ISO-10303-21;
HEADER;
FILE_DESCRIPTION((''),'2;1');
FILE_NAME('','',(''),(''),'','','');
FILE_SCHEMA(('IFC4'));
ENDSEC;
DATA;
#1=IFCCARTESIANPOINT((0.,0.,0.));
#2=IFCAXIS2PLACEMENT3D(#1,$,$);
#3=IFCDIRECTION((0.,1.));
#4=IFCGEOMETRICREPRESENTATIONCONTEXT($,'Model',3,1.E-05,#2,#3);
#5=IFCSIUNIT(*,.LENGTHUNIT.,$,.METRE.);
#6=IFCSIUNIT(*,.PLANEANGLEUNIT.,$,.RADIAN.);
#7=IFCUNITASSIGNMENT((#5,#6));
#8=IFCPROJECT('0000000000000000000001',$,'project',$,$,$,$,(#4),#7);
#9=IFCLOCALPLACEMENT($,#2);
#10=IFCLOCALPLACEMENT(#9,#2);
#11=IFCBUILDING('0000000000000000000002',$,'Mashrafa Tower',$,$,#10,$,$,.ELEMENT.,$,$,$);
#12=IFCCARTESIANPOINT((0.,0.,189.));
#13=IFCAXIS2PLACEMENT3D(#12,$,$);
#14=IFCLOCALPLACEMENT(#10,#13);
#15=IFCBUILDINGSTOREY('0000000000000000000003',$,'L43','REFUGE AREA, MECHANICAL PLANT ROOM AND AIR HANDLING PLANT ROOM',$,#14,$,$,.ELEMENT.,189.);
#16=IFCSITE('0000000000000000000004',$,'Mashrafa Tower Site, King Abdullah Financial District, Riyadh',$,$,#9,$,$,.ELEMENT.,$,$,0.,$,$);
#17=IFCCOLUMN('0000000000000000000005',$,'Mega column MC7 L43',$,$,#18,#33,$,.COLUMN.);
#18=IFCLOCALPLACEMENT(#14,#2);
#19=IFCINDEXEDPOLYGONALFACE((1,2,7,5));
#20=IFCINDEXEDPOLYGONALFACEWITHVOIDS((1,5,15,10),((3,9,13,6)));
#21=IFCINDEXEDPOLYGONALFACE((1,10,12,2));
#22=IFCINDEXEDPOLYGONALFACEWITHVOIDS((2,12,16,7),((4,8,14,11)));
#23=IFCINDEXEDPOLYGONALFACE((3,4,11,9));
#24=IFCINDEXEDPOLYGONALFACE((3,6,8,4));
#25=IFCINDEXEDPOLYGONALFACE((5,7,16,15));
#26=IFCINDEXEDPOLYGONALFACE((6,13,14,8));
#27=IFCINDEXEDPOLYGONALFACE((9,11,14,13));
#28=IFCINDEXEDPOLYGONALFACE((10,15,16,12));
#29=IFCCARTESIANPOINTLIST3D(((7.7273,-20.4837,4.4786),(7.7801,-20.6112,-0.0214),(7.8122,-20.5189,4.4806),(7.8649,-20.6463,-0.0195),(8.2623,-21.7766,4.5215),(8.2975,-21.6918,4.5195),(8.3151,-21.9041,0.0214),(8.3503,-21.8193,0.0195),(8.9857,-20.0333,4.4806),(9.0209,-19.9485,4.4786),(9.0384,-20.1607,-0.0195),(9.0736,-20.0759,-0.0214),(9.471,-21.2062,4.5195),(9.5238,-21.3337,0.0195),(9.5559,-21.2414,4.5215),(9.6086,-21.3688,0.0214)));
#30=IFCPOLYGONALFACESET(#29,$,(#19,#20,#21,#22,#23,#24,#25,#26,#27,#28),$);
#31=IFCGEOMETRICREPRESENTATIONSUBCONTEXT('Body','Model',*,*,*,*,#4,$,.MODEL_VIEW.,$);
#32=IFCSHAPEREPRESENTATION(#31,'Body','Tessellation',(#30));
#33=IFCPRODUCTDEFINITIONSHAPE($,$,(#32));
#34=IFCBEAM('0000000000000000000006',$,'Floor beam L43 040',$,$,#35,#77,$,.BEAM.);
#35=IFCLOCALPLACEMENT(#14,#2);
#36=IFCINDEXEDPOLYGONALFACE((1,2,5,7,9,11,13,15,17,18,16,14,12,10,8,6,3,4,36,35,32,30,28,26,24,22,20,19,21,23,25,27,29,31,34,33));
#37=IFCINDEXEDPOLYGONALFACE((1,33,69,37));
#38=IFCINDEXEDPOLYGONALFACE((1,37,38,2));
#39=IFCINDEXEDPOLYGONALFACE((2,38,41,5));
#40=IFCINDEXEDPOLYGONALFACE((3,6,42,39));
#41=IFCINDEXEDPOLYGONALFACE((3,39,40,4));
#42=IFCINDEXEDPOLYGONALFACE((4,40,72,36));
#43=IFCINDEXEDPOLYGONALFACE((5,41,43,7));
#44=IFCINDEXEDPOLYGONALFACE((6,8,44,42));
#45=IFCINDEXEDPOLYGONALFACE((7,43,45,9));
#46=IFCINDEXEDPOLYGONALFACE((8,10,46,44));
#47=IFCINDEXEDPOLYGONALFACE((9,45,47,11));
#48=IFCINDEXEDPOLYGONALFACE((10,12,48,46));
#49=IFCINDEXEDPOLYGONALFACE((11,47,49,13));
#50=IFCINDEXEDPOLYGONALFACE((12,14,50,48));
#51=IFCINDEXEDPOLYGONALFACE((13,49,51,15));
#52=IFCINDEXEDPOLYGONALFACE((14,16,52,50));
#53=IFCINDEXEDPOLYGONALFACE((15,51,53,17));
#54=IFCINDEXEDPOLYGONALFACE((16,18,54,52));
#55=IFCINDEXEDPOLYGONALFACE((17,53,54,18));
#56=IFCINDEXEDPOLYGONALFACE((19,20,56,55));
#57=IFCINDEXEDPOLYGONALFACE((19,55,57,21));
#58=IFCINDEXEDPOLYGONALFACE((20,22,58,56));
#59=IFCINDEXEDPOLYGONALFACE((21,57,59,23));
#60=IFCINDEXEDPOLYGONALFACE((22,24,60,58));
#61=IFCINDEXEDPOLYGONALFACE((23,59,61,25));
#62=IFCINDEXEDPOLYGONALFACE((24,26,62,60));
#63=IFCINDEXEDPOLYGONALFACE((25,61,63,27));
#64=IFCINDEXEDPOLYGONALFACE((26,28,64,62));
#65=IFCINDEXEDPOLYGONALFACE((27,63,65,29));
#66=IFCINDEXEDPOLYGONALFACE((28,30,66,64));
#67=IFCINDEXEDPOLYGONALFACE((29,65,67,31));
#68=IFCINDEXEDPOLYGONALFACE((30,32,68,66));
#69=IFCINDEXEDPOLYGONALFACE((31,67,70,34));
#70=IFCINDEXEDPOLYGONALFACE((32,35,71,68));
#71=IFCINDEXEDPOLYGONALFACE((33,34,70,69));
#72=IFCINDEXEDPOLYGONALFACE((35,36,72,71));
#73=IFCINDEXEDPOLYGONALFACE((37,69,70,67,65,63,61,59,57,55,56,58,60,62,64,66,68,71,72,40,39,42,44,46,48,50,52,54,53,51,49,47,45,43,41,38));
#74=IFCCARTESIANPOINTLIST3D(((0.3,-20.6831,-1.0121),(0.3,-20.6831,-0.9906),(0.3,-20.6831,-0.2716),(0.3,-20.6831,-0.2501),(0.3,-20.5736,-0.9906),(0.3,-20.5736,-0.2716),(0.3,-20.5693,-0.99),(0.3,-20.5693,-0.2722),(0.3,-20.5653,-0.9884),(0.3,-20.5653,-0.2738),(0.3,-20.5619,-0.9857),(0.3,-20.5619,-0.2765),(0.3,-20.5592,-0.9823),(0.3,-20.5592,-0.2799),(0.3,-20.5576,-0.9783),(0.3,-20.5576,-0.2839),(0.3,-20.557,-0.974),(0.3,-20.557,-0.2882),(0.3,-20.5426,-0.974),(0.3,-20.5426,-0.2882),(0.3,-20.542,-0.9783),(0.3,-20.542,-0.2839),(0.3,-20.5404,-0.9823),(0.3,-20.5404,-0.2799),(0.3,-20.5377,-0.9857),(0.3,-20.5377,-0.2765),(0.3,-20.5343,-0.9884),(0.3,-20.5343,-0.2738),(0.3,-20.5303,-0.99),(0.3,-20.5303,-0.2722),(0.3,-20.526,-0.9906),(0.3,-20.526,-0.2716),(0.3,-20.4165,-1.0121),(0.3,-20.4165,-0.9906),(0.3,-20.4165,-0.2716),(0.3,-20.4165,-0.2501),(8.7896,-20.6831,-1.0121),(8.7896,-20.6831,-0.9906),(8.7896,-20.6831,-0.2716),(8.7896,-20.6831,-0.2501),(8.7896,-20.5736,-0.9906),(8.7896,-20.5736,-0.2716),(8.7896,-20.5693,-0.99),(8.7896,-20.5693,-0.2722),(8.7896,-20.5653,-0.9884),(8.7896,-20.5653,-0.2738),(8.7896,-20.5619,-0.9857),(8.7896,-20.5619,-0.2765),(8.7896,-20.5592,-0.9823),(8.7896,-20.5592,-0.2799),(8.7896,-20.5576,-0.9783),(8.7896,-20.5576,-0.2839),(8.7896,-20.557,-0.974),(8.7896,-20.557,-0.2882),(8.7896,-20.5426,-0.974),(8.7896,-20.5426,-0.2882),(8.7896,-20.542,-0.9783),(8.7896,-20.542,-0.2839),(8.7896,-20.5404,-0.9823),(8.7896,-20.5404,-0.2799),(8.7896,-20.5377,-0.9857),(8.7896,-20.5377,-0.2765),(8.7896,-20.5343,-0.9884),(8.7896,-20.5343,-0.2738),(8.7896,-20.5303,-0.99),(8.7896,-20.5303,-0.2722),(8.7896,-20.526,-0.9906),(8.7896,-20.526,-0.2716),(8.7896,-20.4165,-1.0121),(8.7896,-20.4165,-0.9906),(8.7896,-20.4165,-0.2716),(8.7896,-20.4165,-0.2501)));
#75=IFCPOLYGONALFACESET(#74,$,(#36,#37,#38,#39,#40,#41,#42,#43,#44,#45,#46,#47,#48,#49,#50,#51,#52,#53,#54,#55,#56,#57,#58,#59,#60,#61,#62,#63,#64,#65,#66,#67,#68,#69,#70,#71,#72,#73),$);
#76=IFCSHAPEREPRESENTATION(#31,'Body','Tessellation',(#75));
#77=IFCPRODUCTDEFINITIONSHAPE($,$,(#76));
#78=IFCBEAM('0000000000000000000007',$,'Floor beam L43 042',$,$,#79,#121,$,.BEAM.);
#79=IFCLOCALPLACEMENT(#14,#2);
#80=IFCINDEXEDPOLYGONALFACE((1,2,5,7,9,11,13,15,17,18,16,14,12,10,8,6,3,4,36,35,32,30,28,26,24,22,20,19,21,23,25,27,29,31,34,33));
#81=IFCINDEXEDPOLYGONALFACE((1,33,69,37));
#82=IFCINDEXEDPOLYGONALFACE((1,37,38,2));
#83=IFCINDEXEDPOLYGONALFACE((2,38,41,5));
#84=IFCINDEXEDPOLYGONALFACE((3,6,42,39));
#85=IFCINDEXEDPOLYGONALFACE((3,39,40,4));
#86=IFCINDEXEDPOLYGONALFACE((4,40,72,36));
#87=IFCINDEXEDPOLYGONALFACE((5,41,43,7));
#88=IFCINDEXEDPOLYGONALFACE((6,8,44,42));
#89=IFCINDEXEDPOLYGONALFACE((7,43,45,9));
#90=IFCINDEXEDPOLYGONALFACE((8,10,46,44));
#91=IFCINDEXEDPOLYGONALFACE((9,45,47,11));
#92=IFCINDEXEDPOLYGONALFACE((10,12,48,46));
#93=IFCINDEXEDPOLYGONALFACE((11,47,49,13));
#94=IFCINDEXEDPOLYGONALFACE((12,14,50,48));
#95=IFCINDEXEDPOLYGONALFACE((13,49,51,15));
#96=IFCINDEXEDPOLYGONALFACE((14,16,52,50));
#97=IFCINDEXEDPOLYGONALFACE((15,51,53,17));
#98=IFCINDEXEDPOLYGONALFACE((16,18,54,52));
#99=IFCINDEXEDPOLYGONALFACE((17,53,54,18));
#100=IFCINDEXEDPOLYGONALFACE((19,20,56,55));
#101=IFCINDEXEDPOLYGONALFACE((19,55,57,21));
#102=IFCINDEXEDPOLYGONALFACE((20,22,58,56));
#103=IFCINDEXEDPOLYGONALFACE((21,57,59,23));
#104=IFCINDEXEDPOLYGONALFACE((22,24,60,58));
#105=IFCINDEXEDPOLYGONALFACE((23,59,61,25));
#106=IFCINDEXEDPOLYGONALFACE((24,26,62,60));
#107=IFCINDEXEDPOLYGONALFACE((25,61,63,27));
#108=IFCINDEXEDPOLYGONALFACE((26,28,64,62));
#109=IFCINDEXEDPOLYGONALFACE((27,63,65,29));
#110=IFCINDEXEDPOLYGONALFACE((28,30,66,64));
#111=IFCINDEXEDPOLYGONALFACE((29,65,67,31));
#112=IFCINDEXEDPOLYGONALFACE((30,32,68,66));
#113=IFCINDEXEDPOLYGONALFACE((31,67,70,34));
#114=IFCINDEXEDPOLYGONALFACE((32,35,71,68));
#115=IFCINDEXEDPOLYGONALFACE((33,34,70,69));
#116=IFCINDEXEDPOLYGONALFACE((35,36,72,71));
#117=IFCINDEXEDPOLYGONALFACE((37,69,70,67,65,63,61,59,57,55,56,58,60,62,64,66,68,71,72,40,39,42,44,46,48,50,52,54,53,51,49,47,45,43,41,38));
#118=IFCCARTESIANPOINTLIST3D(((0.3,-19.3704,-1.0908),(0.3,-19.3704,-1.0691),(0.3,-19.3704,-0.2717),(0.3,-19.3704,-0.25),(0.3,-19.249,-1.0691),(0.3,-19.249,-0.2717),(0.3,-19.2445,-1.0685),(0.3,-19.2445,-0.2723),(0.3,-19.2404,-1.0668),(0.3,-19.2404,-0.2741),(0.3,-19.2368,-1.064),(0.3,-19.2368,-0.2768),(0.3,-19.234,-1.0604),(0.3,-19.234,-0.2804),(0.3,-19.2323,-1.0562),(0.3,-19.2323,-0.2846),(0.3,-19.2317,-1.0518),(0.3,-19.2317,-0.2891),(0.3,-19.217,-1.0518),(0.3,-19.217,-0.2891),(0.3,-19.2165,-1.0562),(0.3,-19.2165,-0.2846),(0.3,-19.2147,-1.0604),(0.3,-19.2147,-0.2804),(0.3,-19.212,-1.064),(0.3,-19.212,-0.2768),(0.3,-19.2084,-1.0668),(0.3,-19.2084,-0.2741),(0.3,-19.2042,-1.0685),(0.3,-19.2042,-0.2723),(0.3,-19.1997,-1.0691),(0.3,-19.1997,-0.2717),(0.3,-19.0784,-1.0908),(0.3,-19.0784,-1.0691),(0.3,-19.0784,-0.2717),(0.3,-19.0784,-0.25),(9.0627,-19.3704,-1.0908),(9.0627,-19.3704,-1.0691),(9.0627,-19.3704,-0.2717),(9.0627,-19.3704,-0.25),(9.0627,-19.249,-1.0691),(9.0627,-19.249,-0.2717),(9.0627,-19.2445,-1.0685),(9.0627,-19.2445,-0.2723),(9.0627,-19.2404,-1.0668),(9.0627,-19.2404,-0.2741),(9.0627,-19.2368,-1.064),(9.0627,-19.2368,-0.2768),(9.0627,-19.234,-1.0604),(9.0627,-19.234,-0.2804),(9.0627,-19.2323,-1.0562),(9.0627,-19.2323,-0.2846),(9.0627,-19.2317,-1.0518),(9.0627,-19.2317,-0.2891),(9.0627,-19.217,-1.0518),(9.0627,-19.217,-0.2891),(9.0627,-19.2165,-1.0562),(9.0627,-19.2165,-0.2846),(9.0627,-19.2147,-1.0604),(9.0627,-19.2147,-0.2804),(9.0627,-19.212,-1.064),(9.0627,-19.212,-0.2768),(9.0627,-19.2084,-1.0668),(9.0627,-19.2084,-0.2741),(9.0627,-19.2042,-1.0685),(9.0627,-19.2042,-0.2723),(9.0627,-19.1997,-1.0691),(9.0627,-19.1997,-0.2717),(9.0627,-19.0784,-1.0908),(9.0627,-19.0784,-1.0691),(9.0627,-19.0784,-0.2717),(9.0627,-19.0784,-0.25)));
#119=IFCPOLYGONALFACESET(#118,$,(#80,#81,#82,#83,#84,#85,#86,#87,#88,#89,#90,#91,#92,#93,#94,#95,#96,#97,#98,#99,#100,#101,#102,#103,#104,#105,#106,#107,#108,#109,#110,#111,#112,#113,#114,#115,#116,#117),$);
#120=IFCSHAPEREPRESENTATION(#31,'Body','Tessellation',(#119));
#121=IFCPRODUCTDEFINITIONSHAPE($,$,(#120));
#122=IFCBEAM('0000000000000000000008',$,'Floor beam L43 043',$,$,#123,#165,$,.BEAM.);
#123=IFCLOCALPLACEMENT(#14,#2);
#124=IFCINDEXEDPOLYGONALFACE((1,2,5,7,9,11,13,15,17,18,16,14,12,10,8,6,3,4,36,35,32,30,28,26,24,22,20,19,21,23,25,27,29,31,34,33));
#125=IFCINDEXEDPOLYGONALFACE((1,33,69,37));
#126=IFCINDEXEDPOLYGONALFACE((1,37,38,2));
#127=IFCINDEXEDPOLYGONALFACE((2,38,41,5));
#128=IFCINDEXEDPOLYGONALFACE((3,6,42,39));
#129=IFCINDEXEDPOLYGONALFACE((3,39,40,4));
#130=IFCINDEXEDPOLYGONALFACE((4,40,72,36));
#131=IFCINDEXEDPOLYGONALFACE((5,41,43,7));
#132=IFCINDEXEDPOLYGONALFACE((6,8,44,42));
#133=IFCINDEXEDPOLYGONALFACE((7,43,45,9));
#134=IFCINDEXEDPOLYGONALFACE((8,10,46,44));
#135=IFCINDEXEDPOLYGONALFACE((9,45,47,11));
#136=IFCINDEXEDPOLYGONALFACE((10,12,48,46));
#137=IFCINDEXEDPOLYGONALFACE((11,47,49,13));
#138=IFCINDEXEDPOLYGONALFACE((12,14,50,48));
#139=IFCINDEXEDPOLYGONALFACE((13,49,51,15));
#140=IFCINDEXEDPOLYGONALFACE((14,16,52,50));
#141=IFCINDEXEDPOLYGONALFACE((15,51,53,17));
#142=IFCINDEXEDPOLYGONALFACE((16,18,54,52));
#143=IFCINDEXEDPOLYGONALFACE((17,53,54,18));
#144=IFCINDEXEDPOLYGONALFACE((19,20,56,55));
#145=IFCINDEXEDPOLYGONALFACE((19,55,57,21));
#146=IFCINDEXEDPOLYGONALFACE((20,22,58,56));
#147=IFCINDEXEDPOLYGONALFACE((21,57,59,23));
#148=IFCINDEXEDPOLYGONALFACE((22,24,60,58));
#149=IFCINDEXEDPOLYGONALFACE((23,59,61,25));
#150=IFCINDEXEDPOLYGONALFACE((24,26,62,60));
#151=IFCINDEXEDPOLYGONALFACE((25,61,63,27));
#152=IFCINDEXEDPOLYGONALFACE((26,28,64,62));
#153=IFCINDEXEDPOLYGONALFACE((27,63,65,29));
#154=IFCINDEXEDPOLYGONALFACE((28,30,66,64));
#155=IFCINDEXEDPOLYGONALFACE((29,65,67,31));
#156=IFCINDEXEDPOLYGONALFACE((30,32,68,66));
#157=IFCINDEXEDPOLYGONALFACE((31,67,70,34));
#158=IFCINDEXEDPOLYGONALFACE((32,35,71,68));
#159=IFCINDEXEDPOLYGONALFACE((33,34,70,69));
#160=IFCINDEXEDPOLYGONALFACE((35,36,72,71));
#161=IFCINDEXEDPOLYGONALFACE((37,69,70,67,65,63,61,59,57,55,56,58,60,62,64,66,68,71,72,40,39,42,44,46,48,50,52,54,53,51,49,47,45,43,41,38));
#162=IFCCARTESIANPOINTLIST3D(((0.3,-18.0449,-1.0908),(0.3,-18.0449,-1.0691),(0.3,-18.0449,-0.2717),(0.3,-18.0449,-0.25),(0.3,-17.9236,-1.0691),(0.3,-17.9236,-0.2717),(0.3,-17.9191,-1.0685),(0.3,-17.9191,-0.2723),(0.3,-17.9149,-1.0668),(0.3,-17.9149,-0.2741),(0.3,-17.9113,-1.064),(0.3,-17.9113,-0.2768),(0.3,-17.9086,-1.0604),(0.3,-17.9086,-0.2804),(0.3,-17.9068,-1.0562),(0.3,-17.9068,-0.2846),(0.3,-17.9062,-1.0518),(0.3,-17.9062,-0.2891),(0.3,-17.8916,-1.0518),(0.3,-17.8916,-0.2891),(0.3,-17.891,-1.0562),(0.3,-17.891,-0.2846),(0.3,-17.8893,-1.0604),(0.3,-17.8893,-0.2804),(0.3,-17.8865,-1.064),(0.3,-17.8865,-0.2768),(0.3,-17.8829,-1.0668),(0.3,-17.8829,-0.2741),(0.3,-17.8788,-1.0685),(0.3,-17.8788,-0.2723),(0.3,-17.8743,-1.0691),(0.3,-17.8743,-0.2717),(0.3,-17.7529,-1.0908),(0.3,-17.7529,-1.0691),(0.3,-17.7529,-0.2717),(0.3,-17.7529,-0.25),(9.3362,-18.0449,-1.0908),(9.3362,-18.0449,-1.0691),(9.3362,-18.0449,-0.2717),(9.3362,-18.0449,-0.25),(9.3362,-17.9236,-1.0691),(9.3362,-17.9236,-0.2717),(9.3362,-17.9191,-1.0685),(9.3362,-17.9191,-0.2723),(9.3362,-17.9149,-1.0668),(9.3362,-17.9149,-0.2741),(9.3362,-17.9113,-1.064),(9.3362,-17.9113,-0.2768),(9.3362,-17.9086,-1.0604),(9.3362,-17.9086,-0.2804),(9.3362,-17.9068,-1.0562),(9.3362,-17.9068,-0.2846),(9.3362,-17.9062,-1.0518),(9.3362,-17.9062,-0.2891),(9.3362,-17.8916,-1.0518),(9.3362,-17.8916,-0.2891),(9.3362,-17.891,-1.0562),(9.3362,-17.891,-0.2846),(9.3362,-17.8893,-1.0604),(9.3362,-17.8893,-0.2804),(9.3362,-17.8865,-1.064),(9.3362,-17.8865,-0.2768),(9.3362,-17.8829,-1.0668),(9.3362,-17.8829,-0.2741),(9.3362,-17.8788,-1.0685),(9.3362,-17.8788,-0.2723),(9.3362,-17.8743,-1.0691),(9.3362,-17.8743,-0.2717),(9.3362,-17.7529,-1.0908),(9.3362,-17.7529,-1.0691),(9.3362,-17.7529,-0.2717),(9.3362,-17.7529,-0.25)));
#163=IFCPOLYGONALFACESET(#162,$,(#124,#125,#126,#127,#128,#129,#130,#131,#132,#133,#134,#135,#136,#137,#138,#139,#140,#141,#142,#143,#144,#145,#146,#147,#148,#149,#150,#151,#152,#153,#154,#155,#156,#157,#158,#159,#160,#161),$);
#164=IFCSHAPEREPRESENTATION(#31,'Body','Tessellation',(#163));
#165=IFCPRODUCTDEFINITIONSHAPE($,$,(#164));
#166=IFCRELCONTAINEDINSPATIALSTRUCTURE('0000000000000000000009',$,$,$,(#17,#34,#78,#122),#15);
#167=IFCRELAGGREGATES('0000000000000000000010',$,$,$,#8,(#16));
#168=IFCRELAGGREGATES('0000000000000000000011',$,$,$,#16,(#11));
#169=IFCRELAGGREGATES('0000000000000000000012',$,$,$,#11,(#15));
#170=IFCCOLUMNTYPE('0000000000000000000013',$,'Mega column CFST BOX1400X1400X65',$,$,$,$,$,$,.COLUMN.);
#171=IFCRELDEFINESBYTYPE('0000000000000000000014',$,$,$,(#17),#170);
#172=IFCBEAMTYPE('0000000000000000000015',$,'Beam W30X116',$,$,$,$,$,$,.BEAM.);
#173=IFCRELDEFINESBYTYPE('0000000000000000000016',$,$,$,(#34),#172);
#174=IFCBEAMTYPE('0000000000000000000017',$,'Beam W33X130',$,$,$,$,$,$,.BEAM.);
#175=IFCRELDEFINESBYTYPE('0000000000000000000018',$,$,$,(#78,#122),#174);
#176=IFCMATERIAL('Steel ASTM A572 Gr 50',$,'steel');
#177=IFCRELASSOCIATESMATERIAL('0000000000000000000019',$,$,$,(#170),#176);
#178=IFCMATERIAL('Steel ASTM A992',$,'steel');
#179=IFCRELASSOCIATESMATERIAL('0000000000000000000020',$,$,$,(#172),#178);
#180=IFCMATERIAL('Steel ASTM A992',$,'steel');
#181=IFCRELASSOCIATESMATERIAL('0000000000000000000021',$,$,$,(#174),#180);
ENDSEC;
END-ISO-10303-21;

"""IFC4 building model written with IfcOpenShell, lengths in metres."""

from ifc_helpers import new_model, si_unit, direction, frame, origin, origin_2d, place, context, subcontext, project, spatial, hollow_rectangle, i_section, extrude, material, material_profile, profile_set, type_object, element, save


model = new_model("IFC4")

# Units and contexts
model_context = context("Model", 3, precision=1e-05, world=origin(), true_north=direction((0.0, 1.0)))
body_context = subcontext(model_context, "Body", "Model", "MODEL_VIEW")
ifc_project = project(units=[si_unit("LENGTHUNIT", "METRE"), si_unit("PLANEANGLEUNIT", "RADIAN")], contexts=[model_context])

# Site, building, storey
site_placement = place(None, origin())
site = spatial("IfcSite", under=ifc_project, at=site_placement, Name="Mashrafa Tower Site, King Abdullah Financial District, Riyadh", CompositionType="ELEMENT", RefElevation=0.0)
building_placement = place(site_placement, origin())
building = spatial("IfcBuilding", under=site, at=building_placement, Name="Mashrafa Tower", CompositionType="ELEMENT")
storey_placement = place(building_placement, frame((0.0, 0.0, 189.0)))
storey = spatial("IfcBuildingStorey", under=building, at=storey_placement, Name="L43", Description="REFUGE AREA, MECHANICAL PLANT ROOM AND AIR HANDLING PLANT ROOM", CompositionType="ELEMENT", Elevation=189.0)

# Column
ifc_material_1 = material(Name="Steel ASTM A572 Gr 50", Category="steel")
ifc_material_profile_1 = material_profile(ifc_material_1, hollow_rectangle(XDim=1.3999, YDim=1.3999, WallThickness=0.0649, at=origin_2d()), Name="BOX1400X1400X65")
ifc_profile_set_1 = profile_set([ifc_material_profile_1], Name="Steel ASTM A572 Gr 50")
column_type = type_object("IfcColumnType", Name="Mega column CFST BOX1400X1400X65", PredefinedType="COLUMN", material=ifc_profile_set_1)
column_placement = place(storey_placement, frame((8.6943, -20.99, 0.0), z_axis=(-0.011713, 0.028307, 0.999531), x_axis=(-0.924017, -0.382352, 0.0)))
element("IfcColumn", 1, at=column_placement, inside=storey, type_object=column_type, Name="Mega column MC7 L43", PredefinedType="COLUMN", context=body_context, shape_type="SweptSolid", body=[
    extrude(hollow_rectangle(XDim=1.3999, YDim=1.3999, WallThickness=0.0649, at=origin_2d()), origin(), (0.0, 0.0, 1.0), 4.5022),
])

# Beams
ifc_material_2 = material(Name="Steel ASTM A992", Category="steel")
ifc_material_profile_2 = material_profile(ifc_material_2, i_section(OverallWidth=0.2666, OverallDepth=0.762, WebThickness=0.0144, FlangeThickness=0.0215, FilletRadius=0.0166, at=origin_2d()), Name="W30X116")
ifc_profile_set_2 = profile_set([ifc_material_profile_2], Name="Steel ASTM A992")
beam_type_1 = type_object("IfcBeamType", Name="Beam W30X116", PredefinedType="BEAM", material=ifc_profile_set_2)
beam_1_placement = place(storey_placement, frame((8.7896, -20.5498, -0.6311), z_axis=(-1.0, 0.0, 0.0), x_axis=(0.0, -1.0, 0.0)))
element("IfcBeam", 2, at=beam_1_placement, inside=storey, type_object=beam_type_1, Name="Floor beam L43 040", PredefinedType="BEAM", context=body_context, shape_type="SweptSolid", body=[
    extrude(i_section(OverallWidth=0.2666, OverallDepth=0.762, WebThickness=0.0144, FlangeThickness=0.0215, FilletRadius=0.0166, at=origin_2d()), origin(), (0.0, 0.0, 1.0), 8.4895),
])
ifc_material_3 = material(Name="Steel ASTM A992", Category="steel")
ifc_material_profile_3 = material_profile(ifc_material_3, i_section(OverallWidth=0.292, OverallDepth=0.8408, WebThickness=0.0146, FlangeThickness=0.0217, FilletRadius=0.0173, at=origin_2d()), Name="W33X130")
ifc_profile_set_3 = profile_set([ifc_material_profile_3], Name="Steel ASTM A992")
beam_type_2 = type_object("IfcBeamType", Name="Beam W33X130", PredefinedType="BEAM", material=ifc_profile_set_3)
beam_2_placement = place(storey_placement, frame((9.0627, -19.2244, -0.6704), z_axis=(-1.0, 0.0, 0.0), x_axis=(0.0, -1.0, 0.0)))
element("IfcBeam", 3, at=beam_2_placement, inside=storey, type_object=beam_type_2, Name="Floor beam L43 042", PredefinedType="BEAM", context=body_context, shape_type="SweptSolid", body=[
    extrude(i_section(OverallWidth=0.292, OverallDepth=0.8408, WebThickness=0.0146, FlangeThickness=0.0217, FilletRadius=0.0173, at=origin_2d()), origin(), (0.0, 0.0, 1.0), 8.7627),
])
beam_3_placement = place(storey_placement, frame((9.3362, -17.8989, -0.6704), z_axis=(-1.0, 0.0, 0.0), x_axis=(0.0, -1.0, 0.0)))
element("IfcBeam", 4, at=beam_3_placement, inside=storey, type_object=beam_type_2, Name="Floor beam L43 043", PredefinedType="BEAM", context=body_context, shape_type="SweptSolid", body=[
    extrude(i_section(OverallWidth=0.292, OverallDepth=0.8408, WebThickness=0.0146, FlangeThickness=0.0217, FilletRadius=0.0173, at=origin_2d()), origin(), (0.0, 0.0, 1.0), 9.0361),
])

save(model, "model.ifc")
